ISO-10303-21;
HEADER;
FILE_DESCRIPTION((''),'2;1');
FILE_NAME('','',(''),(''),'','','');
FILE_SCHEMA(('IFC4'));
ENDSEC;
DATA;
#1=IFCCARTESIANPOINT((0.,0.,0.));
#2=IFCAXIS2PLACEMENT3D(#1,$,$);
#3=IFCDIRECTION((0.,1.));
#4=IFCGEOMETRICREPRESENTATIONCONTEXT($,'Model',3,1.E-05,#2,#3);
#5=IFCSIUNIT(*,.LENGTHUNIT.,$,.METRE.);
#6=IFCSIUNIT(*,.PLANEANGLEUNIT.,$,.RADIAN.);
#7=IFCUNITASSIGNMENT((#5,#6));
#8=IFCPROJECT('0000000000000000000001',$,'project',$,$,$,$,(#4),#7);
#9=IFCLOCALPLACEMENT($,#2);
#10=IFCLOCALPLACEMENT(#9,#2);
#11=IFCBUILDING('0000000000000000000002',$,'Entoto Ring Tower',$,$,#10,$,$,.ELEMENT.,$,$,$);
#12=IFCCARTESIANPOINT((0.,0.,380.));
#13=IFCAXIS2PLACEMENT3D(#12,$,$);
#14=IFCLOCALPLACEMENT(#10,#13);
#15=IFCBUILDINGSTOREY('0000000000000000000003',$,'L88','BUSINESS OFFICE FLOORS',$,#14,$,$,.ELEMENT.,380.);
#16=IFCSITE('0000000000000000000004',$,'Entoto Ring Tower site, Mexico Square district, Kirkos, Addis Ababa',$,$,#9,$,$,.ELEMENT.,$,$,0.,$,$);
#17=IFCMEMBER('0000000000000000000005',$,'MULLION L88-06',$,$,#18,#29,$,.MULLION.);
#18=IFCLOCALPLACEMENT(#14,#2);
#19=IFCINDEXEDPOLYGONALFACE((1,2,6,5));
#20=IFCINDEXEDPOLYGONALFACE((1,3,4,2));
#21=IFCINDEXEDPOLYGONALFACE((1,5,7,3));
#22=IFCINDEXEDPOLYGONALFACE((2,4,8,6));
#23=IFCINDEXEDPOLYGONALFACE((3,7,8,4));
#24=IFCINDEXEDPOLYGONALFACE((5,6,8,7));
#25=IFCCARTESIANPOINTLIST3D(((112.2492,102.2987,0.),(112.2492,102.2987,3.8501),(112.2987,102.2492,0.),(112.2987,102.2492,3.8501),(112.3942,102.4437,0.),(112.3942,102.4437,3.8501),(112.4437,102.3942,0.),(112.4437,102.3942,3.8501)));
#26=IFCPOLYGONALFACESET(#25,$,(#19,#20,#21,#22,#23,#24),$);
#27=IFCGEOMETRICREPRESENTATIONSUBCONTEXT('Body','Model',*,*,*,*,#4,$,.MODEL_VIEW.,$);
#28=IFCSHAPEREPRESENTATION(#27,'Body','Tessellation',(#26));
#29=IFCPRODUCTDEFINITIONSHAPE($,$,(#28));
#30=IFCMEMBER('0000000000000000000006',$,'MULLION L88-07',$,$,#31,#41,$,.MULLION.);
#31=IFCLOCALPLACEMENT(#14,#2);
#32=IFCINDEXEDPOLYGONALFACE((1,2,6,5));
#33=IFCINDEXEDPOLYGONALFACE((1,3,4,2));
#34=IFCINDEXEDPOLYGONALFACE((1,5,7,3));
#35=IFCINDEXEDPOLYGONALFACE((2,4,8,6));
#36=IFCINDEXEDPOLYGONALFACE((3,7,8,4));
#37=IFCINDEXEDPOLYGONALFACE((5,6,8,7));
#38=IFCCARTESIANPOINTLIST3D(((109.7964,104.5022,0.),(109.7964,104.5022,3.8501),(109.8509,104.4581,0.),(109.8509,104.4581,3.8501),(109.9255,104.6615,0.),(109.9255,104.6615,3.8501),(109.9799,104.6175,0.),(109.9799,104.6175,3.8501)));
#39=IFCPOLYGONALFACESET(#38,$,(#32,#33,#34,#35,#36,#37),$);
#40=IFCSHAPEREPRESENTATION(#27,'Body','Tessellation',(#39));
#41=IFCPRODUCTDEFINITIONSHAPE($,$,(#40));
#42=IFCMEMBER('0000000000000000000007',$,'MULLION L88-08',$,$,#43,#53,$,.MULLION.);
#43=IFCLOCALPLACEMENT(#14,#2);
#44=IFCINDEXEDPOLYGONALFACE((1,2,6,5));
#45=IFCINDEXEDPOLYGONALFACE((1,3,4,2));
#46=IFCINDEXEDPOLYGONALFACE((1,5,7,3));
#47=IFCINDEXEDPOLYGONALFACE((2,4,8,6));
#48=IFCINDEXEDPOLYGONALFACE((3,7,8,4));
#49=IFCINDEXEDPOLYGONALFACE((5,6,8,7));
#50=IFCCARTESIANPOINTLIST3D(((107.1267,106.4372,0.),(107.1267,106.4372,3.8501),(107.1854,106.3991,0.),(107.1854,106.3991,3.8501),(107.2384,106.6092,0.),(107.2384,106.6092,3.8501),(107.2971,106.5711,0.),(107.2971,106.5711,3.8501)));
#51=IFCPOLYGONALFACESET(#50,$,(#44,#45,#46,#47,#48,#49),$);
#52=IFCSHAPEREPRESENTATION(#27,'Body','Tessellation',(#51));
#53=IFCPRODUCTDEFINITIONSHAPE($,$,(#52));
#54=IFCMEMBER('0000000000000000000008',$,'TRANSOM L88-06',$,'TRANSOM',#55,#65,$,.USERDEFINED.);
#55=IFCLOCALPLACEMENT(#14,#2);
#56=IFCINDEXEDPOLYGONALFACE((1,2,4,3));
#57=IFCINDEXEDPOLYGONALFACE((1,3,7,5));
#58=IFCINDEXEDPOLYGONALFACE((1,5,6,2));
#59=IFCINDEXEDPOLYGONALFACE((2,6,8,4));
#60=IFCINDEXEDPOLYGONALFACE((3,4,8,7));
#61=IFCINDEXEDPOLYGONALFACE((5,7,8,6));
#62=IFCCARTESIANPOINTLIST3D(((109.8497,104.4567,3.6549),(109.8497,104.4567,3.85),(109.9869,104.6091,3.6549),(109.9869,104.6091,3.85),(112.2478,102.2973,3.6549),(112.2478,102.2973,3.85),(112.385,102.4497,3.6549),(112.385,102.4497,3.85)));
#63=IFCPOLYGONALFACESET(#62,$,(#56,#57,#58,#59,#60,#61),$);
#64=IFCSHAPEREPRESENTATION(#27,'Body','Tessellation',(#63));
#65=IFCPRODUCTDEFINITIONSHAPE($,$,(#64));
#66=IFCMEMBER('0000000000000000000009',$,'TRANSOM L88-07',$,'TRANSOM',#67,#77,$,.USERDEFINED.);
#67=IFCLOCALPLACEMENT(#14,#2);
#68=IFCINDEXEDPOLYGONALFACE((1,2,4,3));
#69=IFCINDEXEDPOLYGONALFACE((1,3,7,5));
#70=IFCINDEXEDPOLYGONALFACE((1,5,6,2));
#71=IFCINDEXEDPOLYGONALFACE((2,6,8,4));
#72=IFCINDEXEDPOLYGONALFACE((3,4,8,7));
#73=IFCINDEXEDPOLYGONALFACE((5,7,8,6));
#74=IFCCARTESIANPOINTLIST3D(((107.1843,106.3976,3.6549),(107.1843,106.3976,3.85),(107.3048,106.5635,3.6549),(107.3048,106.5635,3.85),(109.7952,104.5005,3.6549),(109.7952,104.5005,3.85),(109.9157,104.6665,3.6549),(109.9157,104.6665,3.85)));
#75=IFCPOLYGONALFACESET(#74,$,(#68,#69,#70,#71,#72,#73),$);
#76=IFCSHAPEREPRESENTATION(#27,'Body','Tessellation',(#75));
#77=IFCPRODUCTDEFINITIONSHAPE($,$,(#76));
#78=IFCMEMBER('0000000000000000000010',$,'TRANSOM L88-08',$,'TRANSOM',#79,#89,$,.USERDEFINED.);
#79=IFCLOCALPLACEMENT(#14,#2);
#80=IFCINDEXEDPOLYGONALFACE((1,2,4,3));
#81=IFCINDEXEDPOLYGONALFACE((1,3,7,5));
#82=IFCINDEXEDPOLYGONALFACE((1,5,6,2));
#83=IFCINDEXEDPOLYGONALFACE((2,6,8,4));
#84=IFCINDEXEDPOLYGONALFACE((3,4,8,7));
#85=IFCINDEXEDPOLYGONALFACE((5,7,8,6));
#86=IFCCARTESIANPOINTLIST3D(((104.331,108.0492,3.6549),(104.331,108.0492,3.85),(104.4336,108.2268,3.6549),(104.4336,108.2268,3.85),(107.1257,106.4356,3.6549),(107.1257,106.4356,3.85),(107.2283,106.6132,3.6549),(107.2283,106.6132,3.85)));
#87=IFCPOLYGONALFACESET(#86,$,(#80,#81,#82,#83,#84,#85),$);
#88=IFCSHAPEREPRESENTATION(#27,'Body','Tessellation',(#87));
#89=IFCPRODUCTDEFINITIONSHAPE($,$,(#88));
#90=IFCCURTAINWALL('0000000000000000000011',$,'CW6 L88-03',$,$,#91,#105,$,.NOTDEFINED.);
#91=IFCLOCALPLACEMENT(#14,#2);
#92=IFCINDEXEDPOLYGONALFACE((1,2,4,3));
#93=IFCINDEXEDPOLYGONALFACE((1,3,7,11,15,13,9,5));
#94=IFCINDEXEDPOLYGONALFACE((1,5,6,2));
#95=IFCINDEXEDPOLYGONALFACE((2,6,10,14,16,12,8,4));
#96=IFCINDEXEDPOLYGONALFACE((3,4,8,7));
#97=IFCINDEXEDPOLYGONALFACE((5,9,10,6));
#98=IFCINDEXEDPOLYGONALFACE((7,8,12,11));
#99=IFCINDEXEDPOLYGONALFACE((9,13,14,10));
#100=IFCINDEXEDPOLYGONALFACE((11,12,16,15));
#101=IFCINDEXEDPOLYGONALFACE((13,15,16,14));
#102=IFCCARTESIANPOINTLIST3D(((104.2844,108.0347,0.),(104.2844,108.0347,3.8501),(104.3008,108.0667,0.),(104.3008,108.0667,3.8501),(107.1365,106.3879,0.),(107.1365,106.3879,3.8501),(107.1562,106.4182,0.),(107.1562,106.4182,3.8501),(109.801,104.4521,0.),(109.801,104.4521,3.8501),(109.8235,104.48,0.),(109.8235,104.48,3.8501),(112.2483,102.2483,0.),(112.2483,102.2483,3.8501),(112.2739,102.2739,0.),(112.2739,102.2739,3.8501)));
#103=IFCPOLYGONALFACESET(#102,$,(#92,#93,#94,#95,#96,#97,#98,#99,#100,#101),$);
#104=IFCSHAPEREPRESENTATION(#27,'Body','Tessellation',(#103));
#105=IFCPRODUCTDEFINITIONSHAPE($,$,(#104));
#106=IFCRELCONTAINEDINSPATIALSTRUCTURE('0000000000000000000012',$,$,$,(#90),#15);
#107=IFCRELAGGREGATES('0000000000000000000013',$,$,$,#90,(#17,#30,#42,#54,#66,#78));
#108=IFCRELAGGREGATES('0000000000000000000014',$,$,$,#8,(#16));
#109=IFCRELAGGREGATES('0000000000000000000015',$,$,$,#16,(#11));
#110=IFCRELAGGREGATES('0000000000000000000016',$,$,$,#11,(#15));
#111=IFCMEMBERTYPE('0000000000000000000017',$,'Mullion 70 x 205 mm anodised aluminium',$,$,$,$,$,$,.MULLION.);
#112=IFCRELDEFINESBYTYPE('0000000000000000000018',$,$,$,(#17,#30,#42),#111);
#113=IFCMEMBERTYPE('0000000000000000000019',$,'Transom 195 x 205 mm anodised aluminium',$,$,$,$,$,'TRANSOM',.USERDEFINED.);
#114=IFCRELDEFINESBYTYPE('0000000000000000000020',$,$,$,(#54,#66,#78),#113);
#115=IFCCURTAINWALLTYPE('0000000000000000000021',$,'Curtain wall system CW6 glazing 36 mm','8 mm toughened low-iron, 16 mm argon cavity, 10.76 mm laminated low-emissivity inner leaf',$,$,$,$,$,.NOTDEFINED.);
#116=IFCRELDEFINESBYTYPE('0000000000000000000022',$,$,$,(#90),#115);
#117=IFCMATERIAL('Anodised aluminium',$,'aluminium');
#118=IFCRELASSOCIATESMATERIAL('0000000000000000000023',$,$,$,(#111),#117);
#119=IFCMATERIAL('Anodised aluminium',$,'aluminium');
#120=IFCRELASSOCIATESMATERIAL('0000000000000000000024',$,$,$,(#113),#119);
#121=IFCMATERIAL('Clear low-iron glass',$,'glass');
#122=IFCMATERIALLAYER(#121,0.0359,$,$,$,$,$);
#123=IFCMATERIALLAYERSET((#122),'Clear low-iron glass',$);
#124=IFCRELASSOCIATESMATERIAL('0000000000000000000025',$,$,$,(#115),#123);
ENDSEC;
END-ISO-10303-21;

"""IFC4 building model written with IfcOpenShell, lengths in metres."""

from ifc_helpers import new_model, si_unit, direction, frame, origin, origin_2d, place, context, subcontext, project, spatial, polyline, rectangle, outline, extrude, material, layer, layer_set, material_profile, profile_set, type_object, element, aggregate, save


model = new_model("IFC4")

# Units and contexts
model_context = context("Model", 3, precision=1e-05, world=origin(), true_north=direction((0.0, 1.0)))
body_context = subcontext(model_context, "Body", "Model", "MODEL_VIEW")
ifc_project = project(units=[si_unit("LENGTHUNIT", "METRE"), si_unit("PLANEANGLEUNIT", "RADIAN")], contexts=[model_context])

# Members
ifc_material_1 = material(Name="Anodised aluminium", Category="aluminium")
ifc_material_profile_1 = material_profile(ifc_material_1, rectangle(XDim=0.0701, YDim=0.2051, at=origin_2d()), Name="Mullion 70 x 205 mm anodised aluminium")
ifc_profile_set_1 = profile_set([ifc_material_profile_1], Name="Anodised aluminium")
member_type_1 = type_object("IfcMemberType", Name="Mullion 70 x 205 mm anodised aluminium", PredefinedType="MULLION", material=ifc_profile_set_1)
site_placement = place(None, origin())
building_placement = place(site_placement, origin())
storey_placement = place(building_placement, frame((0.0, 0.0, 380.0)))
member_1_placement = place(storey_placement, frame((112.3464, 102.3464, 0.0), z_axis=(0.0, 0.0, 1.0), x_axis=(-0.707107, 0.707107, 0.0)))
member_1 = element("IfcMember", 1, at=member_1_placement, type_object=member_type_1, Name="MULLION L88-06", PredefinedType="MULLION", context=body_context, shape_type="SweptSolid", body=[
    extrude(rectangle(XDim=0.0701, YDim=0.2051, at=origin_2d()), origin(), (0.0, 0.0, 1.0), 3.8501),
])
member_2_placement = place(storey_placement, frame((109.8882, 104.5598, 0.0), z_axis=(0.0, 0.0, 1.0), x_axis=(-0.777146, 0.62932, 0.0)))
member_2 = element("IfcMember", 2, at=member_2_placement, type_object=member_type_1, Name="MULLION L88-07", PredefinedType="MULLION", context=body_context, shape_type="SweptSolid", body=[
    extrude(rectangle(XDim=0.0701, YDim=0.2051, at=origin_2d()), origin(), (0.0, 0.0, 1.0), 3.8501),
])
member_3_placement = place(storey_placement, frame((107.2119, 106.5042, 0.0), z_axis=(0.0, 0.0, 1.0), x_axis=(-0.838671, 0.544639, 0.0)))
member_3 = element("IfcMember", 3, at=member_3_placement, type_object=member_type_1, Name="MULLION L88-08", PredefinedType="MULLION", context=body_context, shape_type="SweptSolid", body=[
    extrude(rectangle(XDim=0.0701, YDim=0.2051, at=origin_2d()), origin(), (0.0, 0.0, 1.0), 3.8501),
])
ifc_material_2 = material(Name="Anodised aluminium", Category="aluminium")
ifc_material_profile_2 = material_profile(ifc_material_2, rectangle(XDim=0.2051, YDim=0.1951, at=origin_2d()), Name="Transom 195 x 205 mm anodised aluminium")
ifc_profile_set_2 = profile_set([ifc_material_profile_2], Name="Anodised aluminium")
member_type_2 = type_object("IfcMemberType", Name="Transom 195 x 205 mm anodised aluminium", ElementType="TRANSOM", PredefinedType="USERDEFINED", material=ifc_profile_set_2)
member_4_placement = place(storey_placement, frame((112.3164, 102.3735, 3.7524), z_axis=(-0.743132, 0.669144, 0.0), x_axis=(-0.669144, -0.743132, 0.0)))
member_4 = element("IfcMember", 4, at=member_4_placement, type_object=member_type_2, Name="TRANSOM L88-06", ObjectType="TRANSOM", PredefinedType="USERDEFINED", context=body_context, shape_type="SweptSolid", body=[
    extrude(rectangle(XDim=0.2051, YDim=0.1951, at=origin_2d()), origin(), (0.0, 0.0, 1.0), 3.2271),
])
member_5_placement = place(storey_placement, frame((109.8555, 104.5835, 3.7524), z_axis=(-0.809004, 0.587803, 0.0), x_axis=(-0.587803, -0.809004, 0.0)))
member_5 = element("IfcMember", 5, at=member_5_placement, type_object=member_type_2, Name="TRANSOM L88-07", ObjectType="TRANSOM", PredefinedType="USERDEFINED", context=body_context, shape_type="SweptSolid", body=[
    extrude(rectangle(XDim=0.2051, YDim=0.1951, at=origin_2d()), origin(), (0.0, 0.0, 1.0), 3.2273),
])
member_6_placement = place(storey_placement, frame((107.177, 106.5244, 3.7524), z_axis=(-0.866023, 0.500004, 0.0), x_axis=(-0.500004, -0.866023, 0.0)))
member_6 = element("IfcMember", 6, at=member_6_placement, type_object=member_type_2, Name="TRANSOM L88-08", ObjectType="TRANSOM", PredefinedType="USERDEFINED", context=body_context, shape_type="SweptSolid", body=[
    extrude(rectangle(XDim=0.2051, YDim=0.1951, at=origin_2d()), origin(), (0.0, 0.0, 1.0), 3.2271),
])

# Site, building, storey
site = spatial("IfcSite", under=ifc_project, at=site_placement, Name="Entoto Ring Tower site, Mexico Square district, Kirkos, Addis Ababa", CompositionType="ELEMENT", RefElevation=0.0)
building = spatial("IfcBuilding", under=site, at=building_placement, Name="Entoto Ring Tower", CompositionType="ELEMENT")
storey = spatial("IfcBuildingStorey", under=building, at=storey_placement, Name="L88", Description="BUSINESS OFFICE FLOORS", CompositionType="ELEMENT", Elevation=380.0)

# Curtain wall
ifc_material_3 = material(Name="Clear low-iron glass", Category="glass")
ifc_layer_1 = layer(ifc_material_3, 0.0359)
ifc_layer_set_1 = layer_set([ifc_layer_1], Name="Clear low-iron glass")
curtain_wall_type = type_object("IfcCurtainWallType", Name="Curtain wall system CW6 glazing 36 mm", Description="8 mm toughened low-iron, 16 mm argon cavity, 10.76 mm laminated low-emissivity inner leaf", PredefinedType="NOTDEFINED", material=ifc_layer_set_1)
curtain_wall_1_placement = place(storey_placement, origin())
curtain_wall_1 = element("IfcCurtainWall", 7, at=curtain_wall_1_placement, inside=storey, type_object=curtain_wall_type, Name="CW6 L88-03", PredefinedType="NOTDEFINED", context=body_context, shape_type="SweptSolid", body=[
    extrude(outline(polyline([(112.2739, 102.2739), (109.8235, 104.48), (107.1562, 106.4182), (104.3008, 108.0667), (104.2844, 108.0347), (107.1365, 106.3879), (109.801, 104.4521), (112.2483, 102.2483), (112.2739, 102.2739)])), origin(), (0.0, 0.0, 1.0), 3.8501),
])
aggregate(curtain_wall_1, [member_1, member_2, member_3, member_4, member_5, member_6])

save(model, "model.ifc")
